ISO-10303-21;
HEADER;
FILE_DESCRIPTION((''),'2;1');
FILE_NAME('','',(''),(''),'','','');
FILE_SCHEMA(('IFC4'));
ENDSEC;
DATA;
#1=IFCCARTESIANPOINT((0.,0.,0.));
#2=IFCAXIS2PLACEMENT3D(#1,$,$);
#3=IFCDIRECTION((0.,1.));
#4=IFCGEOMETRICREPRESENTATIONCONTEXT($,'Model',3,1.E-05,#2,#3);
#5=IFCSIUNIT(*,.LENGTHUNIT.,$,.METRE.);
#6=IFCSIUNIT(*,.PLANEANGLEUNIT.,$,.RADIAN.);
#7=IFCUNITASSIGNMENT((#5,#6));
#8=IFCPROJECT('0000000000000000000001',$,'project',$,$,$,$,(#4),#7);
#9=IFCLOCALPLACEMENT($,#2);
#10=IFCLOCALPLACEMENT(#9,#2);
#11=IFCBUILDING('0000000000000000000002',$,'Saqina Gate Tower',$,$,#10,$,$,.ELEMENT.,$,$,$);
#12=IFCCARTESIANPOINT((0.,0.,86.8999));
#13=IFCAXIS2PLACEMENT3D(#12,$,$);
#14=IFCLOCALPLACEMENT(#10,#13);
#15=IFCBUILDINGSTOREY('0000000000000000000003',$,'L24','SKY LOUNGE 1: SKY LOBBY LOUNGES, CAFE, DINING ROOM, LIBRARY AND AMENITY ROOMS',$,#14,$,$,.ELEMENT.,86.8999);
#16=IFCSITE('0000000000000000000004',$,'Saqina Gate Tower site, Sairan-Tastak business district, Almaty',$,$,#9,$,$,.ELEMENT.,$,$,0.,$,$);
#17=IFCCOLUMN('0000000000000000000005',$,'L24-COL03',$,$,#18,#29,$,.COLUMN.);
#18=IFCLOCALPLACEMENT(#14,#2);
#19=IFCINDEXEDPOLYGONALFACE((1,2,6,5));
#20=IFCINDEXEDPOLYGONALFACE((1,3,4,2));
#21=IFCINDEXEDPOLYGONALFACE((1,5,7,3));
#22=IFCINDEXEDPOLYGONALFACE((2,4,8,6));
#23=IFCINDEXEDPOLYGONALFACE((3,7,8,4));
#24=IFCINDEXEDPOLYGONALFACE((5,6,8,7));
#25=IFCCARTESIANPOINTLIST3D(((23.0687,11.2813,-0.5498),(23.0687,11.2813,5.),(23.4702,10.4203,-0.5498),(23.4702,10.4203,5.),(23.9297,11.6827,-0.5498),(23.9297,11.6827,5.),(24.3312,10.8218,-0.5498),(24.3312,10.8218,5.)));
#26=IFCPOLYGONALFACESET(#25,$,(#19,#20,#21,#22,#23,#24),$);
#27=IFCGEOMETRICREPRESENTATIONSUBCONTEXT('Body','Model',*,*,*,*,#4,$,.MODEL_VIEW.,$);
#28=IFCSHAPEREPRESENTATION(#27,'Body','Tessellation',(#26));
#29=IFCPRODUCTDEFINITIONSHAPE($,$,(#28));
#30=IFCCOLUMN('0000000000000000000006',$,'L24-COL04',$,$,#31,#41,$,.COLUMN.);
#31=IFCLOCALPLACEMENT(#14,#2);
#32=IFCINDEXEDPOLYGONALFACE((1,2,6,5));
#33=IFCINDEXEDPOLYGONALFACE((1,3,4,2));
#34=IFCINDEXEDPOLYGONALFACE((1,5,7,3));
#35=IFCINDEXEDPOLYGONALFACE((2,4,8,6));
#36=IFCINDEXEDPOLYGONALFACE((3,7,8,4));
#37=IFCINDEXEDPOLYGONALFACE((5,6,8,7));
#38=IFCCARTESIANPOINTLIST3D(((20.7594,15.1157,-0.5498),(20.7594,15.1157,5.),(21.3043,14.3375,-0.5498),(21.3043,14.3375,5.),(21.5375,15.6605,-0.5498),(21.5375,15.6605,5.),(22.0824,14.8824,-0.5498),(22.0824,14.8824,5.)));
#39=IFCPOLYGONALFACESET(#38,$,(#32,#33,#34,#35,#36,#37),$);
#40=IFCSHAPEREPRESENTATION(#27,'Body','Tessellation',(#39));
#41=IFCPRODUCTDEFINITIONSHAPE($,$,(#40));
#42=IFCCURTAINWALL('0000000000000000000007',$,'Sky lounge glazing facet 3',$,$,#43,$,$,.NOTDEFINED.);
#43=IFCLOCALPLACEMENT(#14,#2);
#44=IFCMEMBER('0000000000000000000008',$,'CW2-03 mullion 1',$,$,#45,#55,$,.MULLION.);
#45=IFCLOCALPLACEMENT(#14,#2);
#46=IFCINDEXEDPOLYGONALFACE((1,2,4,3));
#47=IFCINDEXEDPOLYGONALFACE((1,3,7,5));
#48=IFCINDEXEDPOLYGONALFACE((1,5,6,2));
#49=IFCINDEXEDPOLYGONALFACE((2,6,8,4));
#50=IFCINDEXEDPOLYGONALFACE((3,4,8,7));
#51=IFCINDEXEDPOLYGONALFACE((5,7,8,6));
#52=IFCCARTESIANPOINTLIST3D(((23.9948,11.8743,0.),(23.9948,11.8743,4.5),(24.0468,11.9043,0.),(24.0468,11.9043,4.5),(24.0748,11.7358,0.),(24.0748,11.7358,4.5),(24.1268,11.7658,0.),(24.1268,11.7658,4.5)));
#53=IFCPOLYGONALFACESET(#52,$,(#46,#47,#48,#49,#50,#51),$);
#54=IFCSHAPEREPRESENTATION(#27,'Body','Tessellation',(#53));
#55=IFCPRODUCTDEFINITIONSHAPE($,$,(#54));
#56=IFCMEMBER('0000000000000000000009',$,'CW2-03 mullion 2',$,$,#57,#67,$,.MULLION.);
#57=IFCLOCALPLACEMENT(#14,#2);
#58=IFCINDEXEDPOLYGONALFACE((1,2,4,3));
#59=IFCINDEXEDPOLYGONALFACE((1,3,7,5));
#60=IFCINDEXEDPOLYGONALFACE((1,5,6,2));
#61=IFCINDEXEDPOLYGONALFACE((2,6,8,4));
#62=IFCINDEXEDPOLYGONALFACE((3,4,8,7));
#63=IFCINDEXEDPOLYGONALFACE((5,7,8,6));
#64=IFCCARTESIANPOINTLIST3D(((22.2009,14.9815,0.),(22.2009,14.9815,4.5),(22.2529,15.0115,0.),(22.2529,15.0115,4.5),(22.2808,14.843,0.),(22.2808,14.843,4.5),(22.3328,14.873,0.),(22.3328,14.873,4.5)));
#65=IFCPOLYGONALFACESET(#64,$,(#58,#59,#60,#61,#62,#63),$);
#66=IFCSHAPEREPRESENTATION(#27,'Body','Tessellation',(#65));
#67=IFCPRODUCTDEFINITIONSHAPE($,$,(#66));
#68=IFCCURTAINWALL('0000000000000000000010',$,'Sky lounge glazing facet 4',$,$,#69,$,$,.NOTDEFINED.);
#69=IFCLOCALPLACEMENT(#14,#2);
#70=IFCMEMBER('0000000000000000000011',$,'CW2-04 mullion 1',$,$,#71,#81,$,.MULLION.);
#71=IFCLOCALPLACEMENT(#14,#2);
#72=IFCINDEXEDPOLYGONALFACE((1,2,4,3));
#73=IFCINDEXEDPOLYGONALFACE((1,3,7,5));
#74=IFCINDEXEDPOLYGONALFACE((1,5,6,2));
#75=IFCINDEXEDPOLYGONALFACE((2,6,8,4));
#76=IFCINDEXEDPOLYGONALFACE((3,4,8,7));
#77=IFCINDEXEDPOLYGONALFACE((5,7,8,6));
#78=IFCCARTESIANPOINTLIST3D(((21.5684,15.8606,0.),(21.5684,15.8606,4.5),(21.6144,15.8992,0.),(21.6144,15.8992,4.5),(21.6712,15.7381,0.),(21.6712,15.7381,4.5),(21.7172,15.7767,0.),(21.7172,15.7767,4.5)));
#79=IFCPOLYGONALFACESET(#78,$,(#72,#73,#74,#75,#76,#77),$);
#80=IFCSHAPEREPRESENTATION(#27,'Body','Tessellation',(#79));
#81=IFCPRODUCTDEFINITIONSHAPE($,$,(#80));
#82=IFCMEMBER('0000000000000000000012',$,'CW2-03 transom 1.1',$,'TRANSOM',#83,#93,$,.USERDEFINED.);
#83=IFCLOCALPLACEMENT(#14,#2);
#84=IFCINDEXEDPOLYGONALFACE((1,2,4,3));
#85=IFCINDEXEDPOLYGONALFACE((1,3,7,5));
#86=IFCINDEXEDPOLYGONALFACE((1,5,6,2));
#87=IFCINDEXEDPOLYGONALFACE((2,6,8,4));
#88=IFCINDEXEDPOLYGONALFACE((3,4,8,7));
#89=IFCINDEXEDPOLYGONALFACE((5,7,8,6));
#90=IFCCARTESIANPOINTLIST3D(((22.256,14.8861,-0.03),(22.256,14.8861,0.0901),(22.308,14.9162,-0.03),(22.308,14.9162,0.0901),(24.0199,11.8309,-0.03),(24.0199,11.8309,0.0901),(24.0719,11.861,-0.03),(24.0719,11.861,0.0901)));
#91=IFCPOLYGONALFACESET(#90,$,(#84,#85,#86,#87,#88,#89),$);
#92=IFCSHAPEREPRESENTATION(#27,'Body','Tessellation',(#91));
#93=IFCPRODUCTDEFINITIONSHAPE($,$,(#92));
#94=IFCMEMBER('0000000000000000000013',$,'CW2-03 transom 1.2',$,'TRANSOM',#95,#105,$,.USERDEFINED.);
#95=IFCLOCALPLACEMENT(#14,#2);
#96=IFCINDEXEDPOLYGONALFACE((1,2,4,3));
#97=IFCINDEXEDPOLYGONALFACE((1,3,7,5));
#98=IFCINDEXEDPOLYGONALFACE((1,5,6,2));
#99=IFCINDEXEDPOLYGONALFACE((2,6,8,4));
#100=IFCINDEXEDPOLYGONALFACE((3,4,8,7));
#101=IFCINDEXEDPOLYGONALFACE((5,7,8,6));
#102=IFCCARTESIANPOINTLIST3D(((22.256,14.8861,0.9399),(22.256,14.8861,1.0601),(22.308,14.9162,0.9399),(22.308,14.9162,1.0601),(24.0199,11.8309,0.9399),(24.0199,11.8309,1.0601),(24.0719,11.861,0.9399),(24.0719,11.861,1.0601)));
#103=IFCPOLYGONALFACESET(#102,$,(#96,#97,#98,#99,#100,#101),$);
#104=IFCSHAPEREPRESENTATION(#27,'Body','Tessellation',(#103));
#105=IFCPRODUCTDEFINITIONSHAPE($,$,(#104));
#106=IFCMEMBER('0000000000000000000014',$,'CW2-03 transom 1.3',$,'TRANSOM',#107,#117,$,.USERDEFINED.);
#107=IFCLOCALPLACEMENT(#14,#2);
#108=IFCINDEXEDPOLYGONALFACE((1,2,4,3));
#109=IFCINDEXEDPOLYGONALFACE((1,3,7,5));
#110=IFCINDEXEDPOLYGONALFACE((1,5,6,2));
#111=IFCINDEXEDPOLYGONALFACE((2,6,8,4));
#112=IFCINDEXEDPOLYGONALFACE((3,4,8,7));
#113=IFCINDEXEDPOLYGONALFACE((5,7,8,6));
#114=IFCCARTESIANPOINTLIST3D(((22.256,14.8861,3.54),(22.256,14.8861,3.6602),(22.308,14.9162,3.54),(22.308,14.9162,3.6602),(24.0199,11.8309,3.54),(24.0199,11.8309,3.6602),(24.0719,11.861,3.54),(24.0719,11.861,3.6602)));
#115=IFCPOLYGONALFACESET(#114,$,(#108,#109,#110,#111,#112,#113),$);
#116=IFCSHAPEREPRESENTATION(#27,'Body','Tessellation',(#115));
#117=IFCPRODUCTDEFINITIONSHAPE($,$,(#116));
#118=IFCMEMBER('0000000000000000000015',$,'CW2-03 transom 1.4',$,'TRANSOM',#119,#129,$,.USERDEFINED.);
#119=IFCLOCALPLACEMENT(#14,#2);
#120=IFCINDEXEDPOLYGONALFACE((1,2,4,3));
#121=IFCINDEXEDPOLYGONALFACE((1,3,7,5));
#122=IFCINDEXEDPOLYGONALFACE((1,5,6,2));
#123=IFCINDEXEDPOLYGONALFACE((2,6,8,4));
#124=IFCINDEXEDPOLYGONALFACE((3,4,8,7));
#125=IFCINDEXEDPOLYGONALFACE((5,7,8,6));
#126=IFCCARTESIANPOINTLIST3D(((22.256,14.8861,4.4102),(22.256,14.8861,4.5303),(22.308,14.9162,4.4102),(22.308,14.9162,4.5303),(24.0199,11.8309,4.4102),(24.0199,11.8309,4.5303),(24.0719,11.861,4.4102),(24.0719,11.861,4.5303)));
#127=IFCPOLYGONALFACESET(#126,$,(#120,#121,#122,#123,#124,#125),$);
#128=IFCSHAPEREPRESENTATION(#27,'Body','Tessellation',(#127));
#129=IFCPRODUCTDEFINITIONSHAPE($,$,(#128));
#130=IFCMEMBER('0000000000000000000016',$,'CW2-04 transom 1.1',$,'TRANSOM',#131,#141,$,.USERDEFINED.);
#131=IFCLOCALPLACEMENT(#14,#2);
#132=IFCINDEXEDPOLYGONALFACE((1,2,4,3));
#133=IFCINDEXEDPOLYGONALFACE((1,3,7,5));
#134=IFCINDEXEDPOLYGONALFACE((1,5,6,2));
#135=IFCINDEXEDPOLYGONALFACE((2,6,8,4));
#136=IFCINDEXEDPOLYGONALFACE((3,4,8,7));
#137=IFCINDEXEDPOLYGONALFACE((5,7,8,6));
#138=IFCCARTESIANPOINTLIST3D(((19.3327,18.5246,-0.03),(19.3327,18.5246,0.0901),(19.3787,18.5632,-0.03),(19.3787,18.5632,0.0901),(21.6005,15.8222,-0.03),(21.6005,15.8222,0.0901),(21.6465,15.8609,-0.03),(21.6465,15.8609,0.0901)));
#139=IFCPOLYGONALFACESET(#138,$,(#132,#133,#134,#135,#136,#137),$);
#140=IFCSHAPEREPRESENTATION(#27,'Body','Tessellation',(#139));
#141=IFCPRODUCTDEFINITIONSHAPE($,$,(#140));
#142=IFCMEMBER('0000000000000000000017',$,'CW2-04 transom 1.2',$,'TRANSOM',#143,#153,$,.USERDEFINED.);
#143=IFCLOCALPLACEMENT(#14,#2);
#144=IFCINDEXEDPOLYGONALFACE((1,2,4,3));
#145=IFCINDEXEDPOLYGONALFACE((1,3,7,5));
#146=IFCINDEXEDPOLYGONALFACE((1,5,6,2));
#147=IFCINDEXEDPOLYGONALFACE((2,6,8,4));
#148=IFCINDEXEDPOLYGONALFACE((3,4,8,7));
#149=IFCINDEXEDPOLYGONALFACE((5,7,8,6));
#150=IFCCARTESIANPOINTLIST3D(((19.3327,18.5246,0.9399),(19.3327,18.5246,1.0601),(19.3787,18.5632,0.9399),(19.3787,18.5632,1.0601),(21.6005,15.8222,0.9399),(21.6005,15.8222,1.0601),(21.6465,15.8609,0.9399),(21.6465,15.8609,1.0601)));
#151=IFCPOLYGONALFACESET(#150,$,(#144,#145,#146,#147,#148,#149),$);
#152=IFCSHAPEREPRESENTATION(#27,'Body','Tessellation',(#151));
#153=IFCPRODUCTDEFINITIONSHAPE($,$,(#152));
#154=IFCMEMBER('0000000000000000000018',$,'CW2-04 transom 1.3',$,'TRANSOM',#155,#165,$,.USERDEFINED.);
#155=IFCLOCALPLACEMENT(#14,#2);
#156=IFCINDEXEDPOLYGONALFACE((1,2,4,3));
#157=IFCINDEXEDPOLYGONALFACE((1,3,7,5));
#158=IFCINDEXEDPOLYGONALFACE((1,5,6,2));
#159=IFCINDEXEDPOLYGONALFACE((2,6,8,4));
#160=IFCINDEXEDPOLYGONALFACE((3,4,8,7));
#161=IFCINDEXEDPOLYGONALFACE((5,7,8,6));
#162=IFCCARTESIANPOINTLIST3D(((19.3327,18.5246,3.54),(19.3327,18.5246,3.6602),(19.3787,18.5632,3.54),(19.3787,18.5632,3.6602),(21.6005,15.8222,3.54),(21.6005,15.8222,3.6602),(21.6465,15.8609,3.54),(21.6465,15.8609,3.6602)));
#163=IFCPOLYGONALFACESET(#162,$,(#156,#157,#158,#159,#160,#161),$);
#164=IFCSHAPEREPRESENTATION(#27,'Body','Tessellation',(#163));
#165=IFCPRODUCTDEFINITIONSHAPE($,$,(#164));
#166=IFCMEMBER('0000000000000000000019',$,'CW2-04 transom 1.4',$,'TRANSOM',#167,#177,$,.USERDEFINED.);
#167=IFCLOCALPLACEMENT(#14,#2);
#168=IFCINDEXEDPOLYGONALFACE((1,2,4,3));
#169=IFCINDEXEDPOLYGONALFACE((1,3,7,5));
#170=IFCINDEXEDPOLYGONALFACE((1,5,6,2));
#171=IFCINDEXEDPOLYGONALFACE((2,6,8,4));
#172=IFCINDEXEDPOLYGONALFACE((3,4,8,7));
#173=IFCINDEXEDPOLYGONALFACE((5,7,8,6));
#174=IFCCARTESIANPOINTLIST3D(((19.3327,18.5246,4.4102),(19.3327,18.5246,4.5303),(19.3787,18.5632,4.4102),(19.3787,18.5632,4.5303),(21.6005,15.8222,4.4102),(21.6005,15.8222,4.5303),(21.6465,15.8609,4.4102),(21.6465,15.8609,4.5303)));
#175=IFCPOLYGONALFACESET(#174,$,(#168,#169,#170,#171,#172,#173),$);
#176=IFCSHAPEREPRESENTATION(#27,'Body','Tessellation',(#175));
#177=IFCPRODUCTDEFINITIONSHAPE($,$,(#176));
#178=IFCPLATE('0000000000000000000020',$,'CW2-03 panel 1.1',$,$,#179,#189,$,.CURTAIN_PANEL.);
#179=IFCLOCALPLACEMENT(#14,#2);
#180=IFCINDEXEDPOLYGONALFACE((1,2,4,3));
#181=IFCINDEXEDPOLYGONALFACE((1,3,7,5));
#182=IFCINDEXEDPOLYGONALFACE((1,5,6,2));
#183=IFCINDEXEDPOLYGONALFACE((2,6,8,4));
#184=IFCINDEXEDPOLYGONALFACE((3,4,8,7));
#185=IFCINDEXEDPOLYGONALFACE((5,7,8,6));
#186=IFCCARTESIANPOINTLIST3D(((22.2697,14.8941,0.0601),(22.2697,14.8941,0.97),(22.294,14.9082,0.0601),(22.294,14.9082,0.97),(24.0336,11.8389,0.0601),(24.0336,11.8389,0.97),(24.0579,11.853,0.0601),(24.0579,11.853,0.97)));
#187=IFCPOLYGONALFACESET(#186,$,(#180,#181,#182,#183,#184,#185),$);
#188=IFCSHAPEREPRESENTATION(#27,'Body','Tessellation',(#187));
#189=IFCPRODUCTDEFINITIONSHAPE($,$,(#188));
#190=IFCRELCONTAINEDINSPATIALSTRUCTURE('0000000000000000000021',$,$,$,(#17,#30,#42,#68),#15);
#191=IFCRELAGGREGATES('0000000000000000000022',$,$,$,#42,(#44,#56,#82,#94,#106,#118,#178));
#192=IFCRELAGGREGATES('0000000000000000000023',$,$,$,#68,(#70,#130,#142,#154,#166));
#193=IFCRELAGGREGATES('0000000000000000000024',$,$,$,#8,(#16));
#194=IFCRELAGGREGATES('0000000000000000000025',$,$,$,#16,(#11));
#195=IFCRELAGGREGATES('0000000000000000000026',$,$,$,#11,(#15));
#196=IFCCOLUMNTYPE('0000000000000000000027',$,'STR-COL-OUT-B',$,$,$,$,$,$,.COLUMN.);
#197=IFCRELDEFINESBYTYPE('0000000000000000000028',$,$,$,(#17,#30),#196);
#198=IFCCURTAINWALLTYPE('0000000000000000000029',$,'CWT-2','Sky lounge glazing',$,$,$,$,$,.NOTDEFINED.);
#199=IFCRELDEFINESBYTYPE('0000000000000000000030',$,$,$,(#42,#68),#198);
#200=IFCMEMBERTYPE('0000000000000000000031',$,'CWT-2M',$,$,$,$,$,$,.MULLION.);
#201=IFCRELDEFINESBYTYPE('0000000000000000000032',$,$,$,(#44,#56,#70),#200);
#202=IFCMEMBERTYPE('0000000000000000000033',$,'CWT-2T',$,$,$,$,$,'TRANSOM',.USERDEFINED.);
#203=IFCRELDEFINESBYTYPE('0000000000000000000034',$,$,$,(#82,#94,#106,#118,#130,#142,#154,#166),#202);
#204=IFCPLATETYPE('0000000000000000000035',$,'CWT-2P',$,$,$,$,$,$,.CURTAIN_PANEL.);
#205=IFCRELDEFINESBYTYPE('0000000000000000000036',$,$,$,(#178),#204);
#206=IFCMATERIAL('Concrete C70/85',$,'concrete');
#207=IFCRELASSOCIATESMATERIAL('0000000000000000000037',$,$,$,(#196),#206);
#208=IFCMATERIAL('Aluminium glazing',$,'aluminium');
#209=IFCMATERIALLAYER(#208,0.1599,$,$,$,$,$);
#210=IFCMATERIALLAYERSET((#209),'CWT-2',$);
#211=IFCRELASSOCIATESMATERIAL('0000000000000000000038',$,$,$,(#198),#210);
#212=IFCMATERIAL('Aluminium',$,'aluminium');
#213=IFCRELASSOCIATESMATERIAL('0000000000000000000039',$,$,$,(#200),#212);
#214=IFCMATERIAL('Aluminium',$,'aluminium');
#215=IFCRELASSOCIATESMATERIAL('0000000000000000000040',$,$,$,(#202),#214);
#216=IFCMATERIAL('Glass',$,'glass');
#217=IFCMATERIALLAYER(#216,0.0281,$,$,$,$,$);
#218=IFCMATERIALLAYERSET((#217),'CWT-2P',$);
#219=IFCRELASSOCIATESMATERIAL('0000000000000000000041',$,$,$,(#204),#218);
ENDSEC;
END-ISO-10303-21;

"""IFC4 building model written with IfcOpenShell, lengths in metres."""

from ifc_helpers import new_model, si_unit, direction, frame, origin, origin_2d, place, context, subcontext, project, spatial, rectangle, extrude, material, layer, layer_set, material_profile, profile_set, type_object, element, aggregate, save


model = new_model("IFC4")

# Units and contexts
model_context = context("Model", 3, precision=1e-05, world=origin(), true_north=direction((0.0, 1.0)))
body_context = subcontext(model_context, "Body", "Model", "MODEL_VIEW")
ifc_project = project(units=[si_unit("LENGTHUNIT", "METRE"), si_unit("PLANEANGLEUNIT", "RADIAN")], contexts=[model_context])

# Site, building, storey
site_placement = place(None, origin())
site = spatial("IfcSite", under=ifc_project, at=site_placement, Name="Saqina Gate Tower site, Sairan-Tastak business district, Almaty", CompositionType="ELEMENT", RefElevation=0.0)
building_placement = place(site_placement, origin())
building = spatial("IfcBuilding", under=site, at=building_placement, Name="Saqina Gate Tower", CompositionType="ELEMENT")
storey_placement = place(building_placement, frame((0.0, 0.0, 86.8999)))
storey = spatial("IfcBuildingStorey", under=building, at=storey_placement, Name="L24", Description="SKY LOUNGE 1: SKY LOBBY LOUNGES, CAFE, DINING ROOM, LIBRARY AND AMENITY ROOMS", CompositionType="ELEMENT", Elevation=86.8999)

# Columns
ifc_material_1 = material(Name="Concrete C70/85", Category="concrete")
ifc_material_profile_1 = material_profile(ifc_material_1, rectangle(XDim=0.95, YDim=0.95, at=origin_2d()), Name="RC 950x950")
ifc_profile_set_1 = profile_set([ifc_material_profile_1], Name="Concrete C70/85")
column_type = type_object("IfcColumnType", Name="STR-COL-OUT-B", PredefinedType="COLUMN", material=ifc_profile_set_1)
for number, where, z_axis, x_axis, name in (
    (1, (23.7, 11.0515, -0.5498), (0.0, 0.0, 1.0), (0.906308, 0.422618, 0.0), "L24-COL03"),
    (2, (21.4209, 14.999, -0.5498), (0.0, 0.0, 1.0), (0.819152, 0.573576, 0.0), "L24-COL04"),
):
    element("IfcColumn", number, at=place(storey_placement, frame(where, z_axis=z_axis, x_axis=x_axis)), inside=storey, type_object=column_type, Name=name, PredefinedType="COLUMN", context=body_context, shape_type="SweptSolid", body=[
        extrude(rectangle(XDim=0.95, YDim=0.95, at=origin_2d()), origin(), (0.0, 0.0, 1.0), 5.5498),
    ])

# Curtain wall, members
ifc_material_2 = material(Name="Aluminium glazing", Category="aluminium")
ifc_layer_1 = layer(ifc_material_2, 0.1599)
ifc_layer_set_1 = layer_set([ifc_layer_1], Name="CWT-2")
curtain_wall_type = type_object("IfcCurtainWallType", Name="CWT-2", Description="Sky lounge glazing", PredefinedType="NOTDEFINED", material=ifc_layer_set_1)
curtain_wall_1_placement = place(storey_placement, origin())
curtain_wall_1 = element("IfcCurtainWall", 3, at=curtain_wall_1_placement, inside=storey, type_object=curtain_wall_type, Name="Sky lounge glazing facet 3", PredefinedType="NOTDEFINED")
ifc_material_3 = material(Name="Aluminium", Category="aluminium")
ifc_material_profile_2 = material_profile(ifc_material_3, rectangle(XDim=0.0601, YDim=0.1599, at=origin_2d()), Name="Aluminium 60x160")
ifc_profile_set_2 = profile_set([ifc_material_profile_2], Name="Aluminium")
member_type_1 = type_object("IfcMemberType", Name="CWT-2M", PredefinedType="MULLION", material=ifc_profile_set_2)
member_1_placement = place(storey_placement, frame((24.0608, 11.8201, 0.0), z_axis=(0.0, 0.0, 1.0), x_axis=(-0.866026, -0.499999, 0.0)))
member_1 = element("IfcMember", 4, at=member_1_placement, type_object=member_type_1, Name="CW2-03 mullion 1", PredefinedType="MULLION", context=body_context, shape_type="SweptSolid", body=[
    extrude(rectangle(XDim=0.0601, YDim=0.1599, at=origin_2d()), origin(), (0.0, 0.0, 1.0), 4.5),
])
member_2_placement = place(storey_placement, frame((22.2668, 14.9272, 0.0), z_axis=(0.0, 0.0, 1.0), x_axis=(-0.866026, -0.499999, 0.0)))
member_2 = element("IfcMember", 5, at=member_2_placement, type_object=member_type_1, Name="CW2-03 mullion 2", PredefinedType="MULLION", context=body_context, shape_type="SweptSolid", body=[
    extrude(rectangle(XDim=0.0601, YDim=0.1599, at=origin_2d()), origin(), (0.0, 0.0, 1.0), 4.5),
])

# Curtain wall, member
curtain_wall_2_placement = place(storey_placement, origin())
curtain_wall_2 = element("IfcCurtainWall", 6, at=curtain_wall_2_placement, inside=storey, type_object=curtain_wall_type, Name="Sky lounge glazing facet 4", PredefinedType="NOTDEFINED")
member_3_placement = place(storey_placement, frame((21.6428, 15.8186, 0.0), z_axis=(0.0, 0.0, 1.0), x_axis=(-0.766042, -0.642791, 0.0)))
member_3 = element("IfcMember", 7, at=member_3_placement, type_object=member_type_1, Name="CW2-04 mullion 1", PredefinedType="MULLION", context=body_context, shape_type="SweptSolid", body=[
    extrude(rectangle(XDim=0.0601, YDim=0.1599, at=origin_2d()), origin(), (0.0, 0.0, 1.0), 4.5),
])

# Members
ifc_material_4 = material(Name="Aluminium", Category="aluminium")
ifc_material_profile_3 = material_profile(ifc_material_4, rectangle(XDim=0.0601, YDim=0.1201, at=origin_2d()), Name="Aluminium 60x120")
ifc_profile_set_3 = profile_set([ifc_material_profile_3], Name="Aluminium")
member_type_2 = type_object("IfcMemberType", Name="CWT-2T", ElementType="TRANSOM", PredefinedType="USERDEFINED", material=ifc_profile_set_3)
member_4_placement = place(storey_placement, frame((24.0459, 11.8459, 0.03), z_axis=(-0.500002, 0.866024, 0.0), x_axis=(-0.866024, -0.500002, 0.0)))
member_4 = element("IfcMember", 8, at=member_4_placement, type_object=member_type_2, Name="CW2-03 transom 1.1", ObjectType="TRANSOM", PredefinedType="USERDEFINED", context=body_context, shape_type="SweptSolid", body=[
    extrude(rectangle(XDim=0.0601, YDim=0.1201, at=origin_2d()), origin(), (0.0, 0.0, 1.0), 3.5278),
])
member_5_placement = place(storey_placement, frame((24.0459, 11.8459, 1.0), z_axis=(-0.500002, 0.866024, 0.0), x_axis=(-0.866024, -0.500002, 0.0)))
member_5 = element("IfcMember", 9, at=member_5_placement, type_object=member_type_2, Name="CW2-03 transom 1.2", ObjectType="TRANSOM", PredefinedType="USERDEFINED", context=body_context, shape_type="SweptSolid", body=[
    extrude(rectangle(XDim=0.0601, YDim=0.1201, at=origin_2d()), origin(), (0.0, 0.0, 1.0), 3.5278),
])
member_6_placement = place(storey_placement, frame((24.0459, 11.8459, 3.6001), z_axis=(-0.500002, 0.866024, 0.0), x_axis=(-0.866024, -0.500002, 0.0)))
member_6 = element("IfcMember", 10, at=member_6_placement, type_object=member_type_2, Name="CW2-03 transom 1.3", ObjectType="TRANSOM", PredefinedType="USERDEFINED", context=body_context, shape_type="SweptSolid", body=[
    extrude(rectangle(XDim=0.0601, YDim=0.1201, at=origin_2d()), origin(), (0.0, 0.0, 1.0), 3.5278),
])
member_7_placement = place(storey_placement, frame((24.0459, 11.8459, 4.4702), z_axis=(-0.500002, 0.866024, 0.0), x_axis=(-0.866024, -0.500002, 0.0)))
member_7 = element("IfcMember", 11, at=member_7_placement, type_object=member_type_2, Name="CW2-03 transom 1.4", ObjectType="TRANSOM", PredefinedType="USERDEFINED", context=body_context, shape_type="SweptSolid", body=[
    extrude(rectangle(XDim=0.0601, YDim=0.1201, at=origin_2d()), origin(), (0.0, 0.0, 1.0), 3.5278),
])
member_8_placement = place(storey_placement, frame((21.6235, 15.8416, 0.03), z_axis=(-0.642828, 0.76601, 0.0), x_axis=(-0.76601, -0.642828, 0.0)))
member_8 = element("IfcMember", 12, at=member_8_placement, type_object=member_type_2, Name="CW2-04 transom 1.1", ObjectType="TRANSOM", PredefinedType="USERDEFINED", context=body_context, shape_type="SweptSolid", body=[
    extrude(rectangle(XDim=0.0601, YDim=0.1201, at=origin_2d()), origin(), (0.0, 0.0, 1.0), 3.5278),
])
member_9_placement = place(storey_placement, frame((21.6235, 15.8416, 1.0), z_axis=(-0.642828, 0.76601, 0.0), x_axis=(-0.76601, -0.642828, 0.0)))
member_9 = element("IfcMember", 13, at=member_9_placement, type_object=member_type_2, Name="CW2-04 transom 1.2", ObjectType="TRANSOM", PredefinedType="USERDEFINED", context=body_context, shape_type="SweptSolid", body=[
    extrude(rectangle(XDim=0.0601, YDim=0.1201, at=origin_2d()), origin(), (0.0, 0.0, 1.0), 3.5278),
])
member_10_placement = place(storey_placement, frame((21.6235, 15.8416, 3.6001), z_axis=(-0.642828, 0.76601, 0.0), x_axis=(-0.76601, -0.642828, 0.0)))
member_10 = element("IfcMember", 14, at=member_10_placement, type_object=member_type_2, Name="CW2-04 transom 1.3", ObjectType="TRANSOM", PredefinedType="USERDEFINED", context=body_context, shape_type="SweptSolid", body=[
    extrude(rectangle(XDim=0.0601, YDim=0.1201, at=origin_2d()), origin(), (0.0, 0.0, 1.0), 3.5278),
])
member_11_placement = place(storey_placement, frame((21.6235, 15.8416, 4.4702), z_axis=(-0.642828, 0.76601, 0.0), x_axis=(-0.76601, -0.642828, 0.0)))
member_11 = element("IfcMember", 15, at=member_11_placement, type_object=member_type_2, Name="CW2-04 transom 1.4", ObjectType="TRANSOM", PredefinedType="USERDEFINED", context=body_context, shape_type="SweptSolid", body=[
    extrude(rectangle(XDim=0.0601, YDim=0.1201, at=origin_2d()), origin(), (0.0, 0.0, 1.0), 3.5278),
])

# Plate
ifc_material_5 = material(Name="Glass", Category="glass")
ifc_layer_2 = layer(ifc_material_5, 0.0281)
ifc_layer_set_2 = layer_set([ifc_layer_2], Name="CWT-2P")
plate_type = type_object("IfcPlateType", Name="CWT-2P", PredefinedType="CURTAIN_PANEL", material=ifc_layer_set_2)
plate_1_placement = place(storey_placement, frame((23.1638, 13.3735, 0.0601), z_axis=(0.0, 0.0, 1.0), x_axis=(-0.499999, 0.866026, 0.0)))
plate_1 = element("IfcPlate", 16, at=plate_1_placement, type_object=plate_type, Name="CW2-03 panel 1.1", PredefinedType="CURTAIN_PANEL", context=body_context, shape_type="SweptSolid", body=[
    extrude(rectangle(XDim=3.5278, YDim=0.0281, at=origin_2d()), origin(), (0.0, 0.0, 1.0), 0.9099),
])
aggregate(curtain_wall_1, [member_1, member_2, member_4, member_5, member_6, member_7, plate_1])
aggregate(curtain_wall_2, [member_3, member_8, member_9, member_10, member_11])

save(model, "model.ifc")
